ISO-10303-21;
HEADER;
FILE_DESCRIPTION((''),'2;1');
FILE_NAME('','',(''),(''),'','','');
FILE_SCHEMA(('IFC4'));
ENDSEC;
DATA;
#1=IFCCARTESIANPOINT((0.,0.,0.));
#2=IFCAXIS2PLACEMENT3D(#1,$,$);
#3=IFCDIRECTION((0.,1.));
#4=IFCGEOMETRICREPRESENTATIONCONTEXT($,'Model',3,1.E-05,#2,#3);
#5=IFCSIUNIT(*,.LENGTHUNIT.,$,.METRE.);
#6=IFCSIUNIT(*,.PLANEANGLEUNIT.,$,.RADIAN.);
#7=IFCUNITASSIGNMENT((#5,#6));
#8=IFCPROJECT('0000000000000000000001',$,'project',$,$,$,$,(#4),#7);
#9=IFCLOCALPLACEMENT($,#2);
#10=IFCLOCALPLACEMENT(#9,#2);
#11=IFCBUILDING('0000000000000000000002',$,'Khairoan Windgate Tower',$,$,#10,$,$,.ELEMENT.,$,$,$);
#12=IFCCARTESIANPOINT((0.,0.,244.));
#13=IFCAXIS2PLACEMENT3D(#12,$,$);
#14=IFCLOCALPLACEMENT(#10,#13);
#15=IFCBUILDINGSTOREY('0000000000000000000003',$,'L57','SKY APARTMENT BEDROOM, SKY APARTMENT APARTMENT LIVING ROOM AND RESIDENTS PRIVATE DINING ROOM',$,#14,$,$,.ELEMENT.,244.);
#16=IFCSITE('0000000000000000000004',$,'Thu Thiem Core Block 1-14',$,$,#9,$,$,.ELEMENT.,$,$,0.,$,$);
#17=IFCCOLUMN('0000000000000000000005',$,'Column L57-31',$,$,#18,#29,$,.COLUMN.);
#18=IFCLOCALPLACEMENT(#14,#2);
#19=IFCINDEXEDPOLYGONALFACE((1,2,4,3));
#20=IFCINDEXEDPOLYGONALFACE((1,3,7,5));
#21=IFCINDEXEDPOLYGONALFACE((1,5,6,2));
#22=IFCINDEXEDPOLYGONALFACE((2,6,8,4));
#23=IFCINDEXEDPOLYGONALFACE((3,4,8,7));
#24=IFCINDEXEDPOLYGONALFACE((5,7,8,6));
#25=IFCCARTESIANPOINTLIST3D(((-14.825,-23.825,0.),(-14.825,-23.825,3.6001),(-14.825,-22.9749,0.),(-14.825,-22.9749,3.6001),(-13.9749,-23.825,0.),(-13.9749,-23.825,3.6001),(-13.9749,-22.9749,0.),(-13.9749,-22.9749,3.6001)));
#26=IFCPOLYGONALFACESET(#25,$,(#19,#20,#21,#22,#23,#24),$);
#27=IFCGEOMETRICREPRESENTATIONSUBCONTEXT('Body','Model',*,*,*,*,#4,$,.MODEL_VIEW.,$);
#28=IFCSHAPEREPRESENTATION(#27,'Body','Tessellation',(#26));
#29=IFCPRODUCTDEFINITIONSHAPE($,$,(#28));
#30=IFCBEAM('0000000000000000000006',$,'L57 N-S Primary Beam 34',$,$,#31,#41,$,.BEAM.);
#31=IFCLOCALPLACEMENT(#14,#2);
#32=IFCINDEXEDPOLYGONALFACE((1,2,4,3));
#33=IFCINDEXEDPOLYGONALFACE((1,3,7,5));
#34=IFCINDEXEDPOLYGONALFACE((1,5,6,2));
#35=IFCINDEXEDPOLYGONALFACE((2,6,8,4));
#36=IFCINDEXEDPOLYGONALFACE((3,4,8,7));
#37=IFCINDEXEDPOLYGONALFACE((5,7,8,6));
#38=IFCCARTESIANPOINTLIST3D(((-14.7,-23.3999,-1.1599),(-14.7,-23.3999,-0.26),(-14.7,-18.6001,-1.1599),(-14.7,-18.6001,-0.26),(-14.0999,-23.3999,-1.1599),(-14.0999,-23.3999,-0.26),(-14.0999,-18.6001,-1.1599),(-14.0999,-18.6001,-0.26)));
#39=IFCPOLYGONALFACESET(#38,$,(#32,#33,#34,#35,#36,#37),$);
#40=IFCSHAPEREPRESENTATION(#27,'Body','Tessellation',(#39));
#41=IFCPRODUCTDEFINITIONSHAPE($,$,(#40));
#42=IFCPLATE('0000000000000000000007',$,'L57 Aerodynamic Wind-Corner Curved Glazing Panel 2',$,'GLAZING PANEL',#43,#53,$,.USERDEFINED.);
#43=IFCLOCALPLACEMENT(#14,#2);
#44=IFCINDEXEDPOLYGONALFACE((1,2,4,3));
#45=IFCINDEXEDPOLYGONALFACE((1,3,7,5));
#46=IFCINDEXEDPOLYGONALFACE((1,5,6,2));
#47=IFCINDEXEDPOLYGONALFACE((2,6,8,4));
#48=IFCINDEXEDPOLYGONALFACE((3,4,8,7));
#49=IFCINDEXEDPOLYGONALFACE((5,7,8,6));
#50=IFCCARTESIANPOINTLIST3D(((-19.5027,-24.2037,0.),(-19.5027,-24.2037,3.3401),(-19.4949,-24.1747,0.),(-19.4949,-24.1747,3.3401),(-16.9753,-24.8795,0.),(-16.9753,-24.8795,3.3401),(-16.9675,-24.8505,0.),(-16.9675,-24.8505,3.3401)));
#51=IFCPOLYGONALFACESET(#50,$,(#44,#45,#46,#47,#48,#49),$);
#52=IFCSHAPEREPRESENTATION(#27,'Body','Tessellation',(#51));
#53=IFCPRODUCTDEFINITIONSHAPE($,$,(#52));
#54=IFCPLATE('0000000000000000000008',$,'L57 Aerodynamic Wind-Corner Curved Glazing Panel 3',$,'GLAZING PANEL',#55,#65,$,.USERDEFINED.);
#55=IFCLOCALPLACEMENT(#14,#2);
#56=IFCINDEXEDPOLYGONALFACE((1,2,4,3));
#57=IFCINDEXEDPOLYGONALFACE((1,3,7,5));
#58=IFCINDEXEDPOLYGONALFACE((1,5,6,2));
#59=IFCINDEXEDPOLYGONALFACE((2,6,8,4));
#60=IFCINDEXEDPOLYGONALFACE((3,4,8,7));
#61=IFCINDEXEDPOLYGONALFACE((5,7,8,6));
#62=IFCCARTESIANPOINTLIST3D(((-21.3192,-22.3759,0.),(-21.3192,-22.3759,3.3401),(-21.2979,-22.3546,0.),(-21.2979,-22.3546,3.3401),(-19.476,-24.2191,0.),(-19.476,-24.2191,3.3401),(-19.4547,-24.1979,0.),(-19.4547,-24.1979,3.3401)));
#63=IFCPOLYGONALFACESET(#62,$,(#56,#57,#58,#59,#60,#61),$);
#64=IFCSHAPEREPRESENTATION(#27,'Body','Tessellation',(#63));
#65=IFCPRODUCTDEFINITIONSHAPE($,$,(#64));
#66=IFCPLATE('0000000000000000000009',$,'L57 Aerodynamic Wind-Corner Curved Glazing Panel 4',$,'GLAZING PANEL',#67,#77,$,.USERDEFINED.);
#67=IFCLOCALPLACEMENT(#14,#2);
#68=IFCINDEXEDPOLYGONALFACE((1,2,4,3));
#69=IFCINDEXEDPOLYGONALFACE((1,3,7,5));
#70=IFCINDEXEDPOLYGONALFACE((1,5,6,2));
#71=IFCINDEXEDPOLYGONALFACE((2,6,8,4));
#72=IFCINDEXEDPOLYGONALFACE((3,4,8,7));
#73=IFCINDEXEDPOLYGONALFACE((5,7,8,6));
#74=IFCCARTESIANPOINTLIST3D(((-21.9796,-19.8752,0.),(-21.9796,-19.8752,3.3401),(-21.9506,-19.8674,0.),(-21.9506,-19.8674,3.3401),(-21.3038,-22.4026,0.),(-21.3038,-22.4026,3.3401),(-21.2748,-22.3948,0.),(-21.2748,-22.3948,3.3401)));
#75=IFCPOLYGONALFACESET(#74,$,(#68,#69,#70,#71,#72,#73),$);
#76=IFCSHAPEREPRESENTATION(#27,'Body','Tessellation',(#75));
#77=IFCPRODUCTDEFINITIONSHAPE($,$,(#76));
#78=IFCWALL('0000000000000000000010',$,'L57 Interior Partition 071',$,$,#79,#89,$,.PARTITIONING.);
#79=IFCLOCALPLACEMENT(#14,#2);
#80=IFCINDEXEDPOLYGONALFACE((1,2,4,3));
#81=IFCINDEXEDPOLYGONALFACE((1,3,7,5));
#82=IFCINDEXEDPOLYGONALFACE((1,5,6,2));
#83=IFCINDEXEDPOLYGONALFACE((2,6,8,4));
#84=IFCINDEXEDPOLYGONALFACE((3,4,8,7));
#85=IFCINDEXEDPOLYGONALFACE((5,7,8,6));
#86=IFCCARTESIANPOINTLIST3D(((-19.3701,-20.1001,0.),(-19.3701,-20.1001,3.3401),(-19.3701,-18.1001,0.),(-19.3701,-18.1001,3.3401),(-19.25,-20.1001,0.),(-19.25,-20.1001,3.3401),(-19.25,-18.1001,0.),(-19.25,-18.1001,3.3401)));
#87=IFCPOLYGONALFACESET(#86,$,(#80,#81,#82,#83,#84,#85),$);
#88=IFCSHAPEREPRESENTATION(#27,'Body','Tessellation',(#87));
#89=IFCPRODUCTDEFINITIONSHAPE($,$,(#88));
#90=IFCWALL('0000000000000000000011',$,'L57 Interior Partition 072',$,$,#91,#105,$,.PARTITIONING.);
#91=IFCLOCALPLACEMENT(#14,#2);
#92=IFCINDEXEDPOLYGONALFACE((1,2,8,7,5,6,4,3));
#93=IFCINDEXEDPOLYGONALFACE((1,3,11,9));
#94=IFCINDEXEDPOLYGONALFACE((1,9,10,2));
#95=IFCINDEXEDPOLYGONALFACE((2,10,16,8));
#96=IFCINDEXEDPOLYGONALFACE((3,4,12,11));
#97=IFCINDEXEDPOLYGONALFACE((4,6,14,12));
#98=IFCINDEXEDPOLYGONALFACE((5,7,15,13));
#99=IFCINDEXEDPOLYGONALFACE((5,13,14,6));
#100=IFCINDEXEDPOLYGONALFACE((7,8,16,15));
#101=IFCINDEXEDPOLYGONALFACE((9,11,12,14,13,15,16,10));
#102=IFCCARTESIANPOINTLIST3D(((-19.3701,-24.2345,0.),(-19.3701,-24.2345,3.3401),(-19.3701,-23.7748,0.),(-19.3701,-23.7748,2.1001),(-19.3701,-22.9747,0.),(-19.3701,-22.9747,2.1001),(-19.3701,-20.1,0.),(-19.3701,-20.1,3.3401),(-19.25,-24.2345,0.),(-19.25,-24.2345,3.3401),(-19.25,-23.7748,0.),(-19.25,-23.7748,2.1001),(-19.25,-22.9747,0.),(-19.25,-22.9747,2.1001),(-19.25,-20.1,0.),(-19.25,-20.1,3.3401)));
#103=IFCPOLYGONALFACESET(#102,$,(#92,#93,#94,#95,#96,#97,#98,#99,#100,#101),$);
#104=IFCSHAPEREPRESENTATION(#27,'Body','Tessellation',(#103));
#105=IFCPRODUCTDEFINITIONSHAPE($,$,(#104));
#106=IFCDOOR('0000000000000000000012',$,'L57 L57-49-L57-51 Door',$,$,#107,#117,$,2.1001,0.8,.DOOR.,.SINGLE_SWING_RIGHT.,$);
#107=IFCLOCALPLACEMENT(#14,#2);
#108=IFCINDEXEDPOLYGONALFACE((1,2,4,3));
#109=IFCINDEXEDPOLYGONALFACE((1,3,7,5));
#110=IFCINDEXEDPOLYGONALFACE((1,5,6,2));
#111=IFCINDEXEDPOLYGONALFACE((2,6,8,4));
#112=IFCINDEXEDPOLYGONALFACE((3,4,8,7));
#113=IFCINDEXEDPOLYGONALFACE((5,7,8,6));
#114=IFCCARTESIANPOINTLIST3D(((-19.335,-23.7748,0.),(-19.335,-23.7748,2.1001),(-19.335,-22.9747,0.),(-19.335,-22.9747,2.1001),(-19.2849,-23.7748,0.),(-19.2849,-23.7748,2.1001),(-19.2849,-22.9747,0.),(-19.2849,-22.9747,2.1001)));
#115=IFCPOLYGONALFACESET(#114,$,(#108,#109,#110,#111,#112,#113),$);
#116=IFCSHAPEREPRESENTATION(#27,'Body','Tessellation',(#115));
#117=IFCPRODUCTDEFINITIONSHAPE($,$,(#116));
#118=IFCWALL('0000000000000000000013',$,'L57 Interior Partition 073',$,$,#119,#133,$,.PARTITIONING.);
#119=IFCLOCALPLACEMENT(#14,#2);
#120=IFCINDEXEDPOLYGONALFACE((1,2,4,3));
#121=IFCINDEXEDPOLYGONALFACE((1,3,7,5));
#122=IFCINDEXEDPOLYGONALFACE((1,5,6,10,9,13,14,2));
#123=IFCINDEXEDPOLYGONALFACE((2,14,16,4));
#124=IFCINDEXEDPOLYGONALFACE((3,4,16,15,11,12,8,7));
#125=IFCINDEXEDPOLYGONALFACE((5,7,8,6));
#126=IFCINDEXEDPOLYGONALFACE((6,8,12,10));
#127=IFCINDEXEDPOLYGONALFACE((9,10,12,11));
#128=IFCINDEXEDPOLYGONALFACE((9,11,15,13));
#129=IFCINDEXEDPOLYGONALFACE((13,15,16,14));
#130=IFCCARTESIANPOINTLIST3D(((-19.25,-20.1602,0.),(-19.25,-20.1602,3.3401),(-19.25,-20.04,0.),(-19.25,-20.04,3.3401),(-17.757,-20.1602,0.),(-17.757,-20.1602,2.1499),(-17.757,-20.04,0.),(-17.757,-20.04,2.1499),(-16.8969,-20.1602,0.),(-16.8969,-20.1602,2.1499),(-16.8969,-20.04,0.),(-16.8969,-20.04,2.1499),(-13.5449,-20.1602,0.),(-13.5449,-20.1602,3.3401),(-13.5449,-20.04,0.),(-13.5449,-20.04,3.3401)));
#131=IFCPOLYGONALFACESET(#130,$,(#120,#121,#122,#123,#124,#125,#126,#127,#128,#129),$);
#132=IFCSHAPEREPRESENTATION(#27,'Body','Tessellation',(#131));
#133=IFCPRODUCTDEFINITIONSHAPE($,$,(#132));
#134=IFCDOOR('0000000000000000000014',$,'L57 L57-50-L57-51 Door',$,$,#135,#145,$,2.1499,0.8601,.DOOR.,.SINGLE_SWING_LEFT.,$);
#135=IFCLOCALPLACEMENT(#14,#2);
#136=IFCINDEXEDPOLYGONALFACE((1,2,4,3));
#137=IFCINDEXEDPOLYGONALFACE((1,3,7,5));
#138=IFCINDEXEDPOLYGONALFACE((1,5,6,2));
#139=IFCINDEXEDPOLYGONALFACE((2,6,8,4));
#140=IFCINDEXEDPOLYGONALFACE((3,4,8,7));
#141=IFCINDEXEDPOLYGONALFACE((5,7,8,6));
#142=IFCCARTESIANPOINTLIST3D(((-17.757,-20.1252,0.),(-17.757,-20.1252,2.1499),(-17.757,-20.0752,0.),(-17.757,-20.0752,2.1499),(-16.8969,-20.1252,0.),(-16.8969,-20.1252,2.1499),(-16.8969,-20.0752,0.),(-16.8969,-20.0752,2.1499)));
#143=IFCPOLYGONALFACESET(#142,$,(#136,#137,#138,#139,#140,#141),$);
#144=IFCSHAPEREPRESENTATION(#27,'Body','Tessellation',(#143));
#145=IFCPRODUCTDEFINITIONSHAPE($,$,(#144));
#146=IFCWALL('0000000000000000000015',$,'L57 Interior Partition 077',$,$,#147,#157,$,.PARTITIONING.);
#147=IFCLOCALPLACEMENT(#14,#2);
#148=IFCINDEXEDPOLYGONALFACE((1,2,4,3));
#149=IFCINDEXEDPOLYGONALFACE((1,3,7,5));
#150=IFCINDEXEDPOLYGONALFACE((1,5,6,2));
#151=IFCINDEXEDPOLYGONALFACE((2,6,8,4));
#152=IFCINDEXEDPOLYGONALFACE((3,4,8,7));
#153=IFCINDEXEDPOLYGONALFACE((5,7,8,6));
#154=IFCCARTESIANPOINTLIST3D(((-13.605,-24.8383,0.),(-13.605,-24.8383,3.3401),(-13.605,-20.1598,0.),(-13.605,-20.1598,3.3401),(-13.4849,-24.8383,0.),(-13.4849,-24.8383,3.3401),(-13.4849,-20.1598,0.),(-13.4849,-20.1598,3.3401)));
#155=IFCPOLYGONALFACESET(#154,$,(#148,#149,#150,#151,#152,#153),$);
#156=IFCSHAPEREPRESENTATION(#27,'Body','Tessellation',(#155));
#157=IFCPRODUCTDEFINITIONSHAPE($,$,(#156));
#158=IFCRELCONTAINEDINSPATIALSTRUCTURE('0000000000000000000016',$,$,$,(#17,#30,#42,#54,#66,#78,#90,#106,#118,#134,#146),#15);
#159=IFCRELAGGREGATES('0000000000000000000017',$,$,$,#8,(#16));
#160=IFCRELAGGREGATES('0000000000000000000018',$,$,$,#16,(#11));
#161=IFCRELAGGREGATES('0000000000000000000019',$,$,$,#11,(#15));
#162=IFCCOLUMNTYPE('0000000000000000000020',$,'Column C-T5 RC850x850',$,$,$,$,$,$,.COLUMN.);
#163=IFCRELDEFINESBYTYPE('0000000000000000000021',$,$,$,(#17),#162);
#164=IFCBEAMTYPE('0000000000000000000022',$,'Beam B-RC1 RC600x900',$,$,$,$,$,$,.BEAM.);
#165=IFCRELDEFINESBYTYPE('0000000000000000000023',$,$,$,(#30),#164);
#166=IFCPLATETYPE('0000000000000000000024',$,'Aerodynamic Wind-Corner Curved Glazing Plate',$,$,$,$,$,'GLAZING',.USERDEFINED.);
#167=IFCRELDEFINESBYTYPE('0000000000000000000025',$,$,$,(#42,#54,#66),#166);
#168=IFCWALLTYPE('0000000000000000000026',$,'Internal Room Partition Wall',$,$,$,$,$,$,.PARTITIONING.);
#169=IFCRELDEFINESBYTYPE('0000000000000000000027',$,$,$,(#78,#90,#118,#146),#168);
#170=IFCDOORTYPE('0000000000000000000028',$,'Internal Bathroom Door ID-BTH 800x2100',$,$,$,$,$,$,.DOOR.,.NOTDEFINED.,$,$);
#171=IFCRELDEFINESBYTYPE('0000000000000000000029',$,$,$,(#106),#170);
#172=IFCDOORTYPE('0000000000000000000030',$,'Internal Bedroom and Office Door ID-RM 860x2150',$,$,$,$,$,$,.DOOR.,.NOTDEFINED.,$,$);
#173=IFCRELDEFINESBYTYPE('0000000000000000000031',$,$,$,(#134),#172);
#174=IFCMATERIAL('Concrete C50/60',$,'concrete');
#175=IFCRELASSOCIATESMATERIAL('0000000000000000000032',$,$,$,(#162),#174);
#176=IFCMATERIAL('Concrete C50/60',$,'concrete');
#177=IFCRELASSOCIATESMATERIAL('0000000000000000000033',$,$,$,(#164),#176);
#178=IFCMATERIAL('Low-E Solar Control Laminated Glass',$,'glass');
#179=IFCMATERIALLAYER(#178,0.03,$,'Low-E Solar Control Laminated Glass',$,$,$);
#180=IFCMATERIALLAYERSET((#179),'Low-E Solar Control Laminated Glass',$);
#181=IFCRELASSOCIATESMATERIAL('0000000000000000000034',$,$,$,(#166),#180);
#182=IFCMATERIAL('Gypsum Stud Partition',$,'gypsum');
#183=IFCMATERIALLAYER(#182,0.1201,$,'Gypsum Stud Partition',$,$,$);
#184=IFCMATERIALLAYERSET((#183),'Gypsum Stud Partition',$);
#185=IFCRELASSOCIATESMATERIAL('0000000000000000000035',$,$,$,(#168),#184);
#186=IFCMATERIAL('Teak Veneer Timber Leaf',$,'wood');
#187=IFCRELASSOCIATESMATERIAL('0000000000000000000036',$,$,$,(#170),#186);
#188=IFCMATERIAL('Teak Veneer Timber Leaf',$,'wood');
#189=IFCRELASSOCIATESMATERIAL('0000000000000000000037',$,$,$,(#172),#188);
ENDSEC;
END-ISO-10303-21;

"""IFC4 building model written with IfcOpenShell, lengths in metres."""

from ifc_helpers import new_model, si_unit, direction, frame, frame_2d, origin, origin_2d, place, context, subcontext, project, spatial, rectangle, extrude, material, layer, layer_set, material_profile, profile_set, type_object, element, fill, save


model = new_model("IFC4")

# Units and contexts
model_context = context("Model", 3, precision=1e-05, world=origin(), true_north=direction((0.0, 1.0)))
body_context = subcontext(model_context, "Body", "Model", "MODEL_VIEW")
ifc_project = project(units=[si_unit("LENGTHUNIT", "METRE"), si_unit("PLANEANGLEUNIT", "RADIAN")], contexts=[model_context])

# Site, building, storey
site_placement = place(None, origin())
site = spatial("IfcSite", under=ifc_project, at=site_placement, Name="Thu Thiem Core Block 1-14", CompositionType="ELEMENT", RefElevation=0.0)
building_placement = place(site_placement, origin())
building = spatial("IfcBuilding", under=site, at=building_placement, Name="Khairoan Windgate Tower", CompositionType="ELEMENT")
storey_placement = place(building_placement, frame((0.0, 0.0, 244.0)))
storey = spatial("IfcBuildingStorey", under=building, at=storey_placement, Name="L57", Description="SKY APARTMENT BEDROOM, SKY APARTMENT APARTMENT LIVING ROOM AND RESIDENTS PRIVATE DINING ROOM", CompositionType="ELEMENT", Elevation=244.0)

# Column
ifc_material_1 = material(Name="Concrete C50/60", Category="concrete")
ifc_material_profile_1 = material_profile(ifc_material_1, rectangle(XDim=0.8501, YDim=0.8501, at=origin_2d()))
ifc_profile_set_1 = profile_set([ifc_material_profile_1], Name="Concrete C50/60")
column_type = type_object("IfcColumnType", Name="Column C-T5 RC850x850", PredefinedType="COLUMN", material=ifc_profile_set_1)
column_placement = place(storey_placement, frame((-14.3999, -23.3999, 0.0), z_axis=(0.0, 0.0, 1.0), x_axis=(1.0, 0.0, 0.0)))
element("IfcColumn", 1, at=column_placement, inside=storey, type_object=column_type, Name="Column L57-31", PredefinedType="COLUMN", context=body_context, shape_type="SweptSolid", body=[
    extrude(rectangle(XDim=0.8501, YDim=0.8501, at=origin_2d()), origin(), (0.0, 0.0, 1.0), 3.6001),
])

# Beam
ifc_material_2 = material(Name="Concrete C50/60", Category="concrete")
ifc_material_profile_2 = material_profile(ifc_material_2, rectangle(XDim=0.6001, YDim=0.8999, at=origin_2d()))
ifc_profile_set_2 = profile_set([ifc_material_profile_2], Name="Concrete C50/60")
beam_type = type_object("IfcBeamType", Name="Beam B-RC1 RC600x900", PredefinedType="BEAM", material=ifc_profile_set_2)
beam_placement = place(storey_placement, frame((-14.3999, -23.3999, -0.71), z_axis=(0.0, 1.0, 0.0), x_axis=(-1.0, 0.0, 0.0)))
element("IfcBeam", 2, at=beam_placement, inside=storey, type_object=beam_type, Name="L57 N-S Primary Beam 34", PredefinedType="BEAM", context=body_context, shape_type="SweptSolid", body=[
    extrude(rectangle(XDim=0.6001, YDim=0.8999, at=origin_2d()), origin(), (0.0, 0.0, 1.0), 4.7998),
])

# Plates
ifc_material_3 = material(Name="Low-E Solar Control Laminated Glass", Category="glass")
ifc_layer_1 = layer(ifc_material_3, 0.03, Name="Low-E Solar Control Laminated Glass")
ifc_layer_set_1 = layer_set([ifc_layer_1], Name="Low-E Solar Control Laminated Glass")
plate_type_1 = type_object("IfcPlateType", Name="Aerodynamic Wind-Corner Curved Glazing Plate", ElementType="GLAZING", PredefinedType="USERDEFINED", material=ifc_layer_set_1)
plate_1_placement = place(storey_placement, frame((-18.2351, -24.5271, 0.0), z_axis=(0.0, 0.0, 1.0), x_axis=(-0.966061, 0.258313, 0.0)))
element("IfcPlate", 3, at=plate_1_placement, inside=storey, type_object=plate_type_1, Name="L57 Aerodynamic Wind-Corner Curved Glazing Panel 2", ObjectType="GLAZING PANEL", PredefinedType="USERDEFINED", context=body_context, shape_type="SweptSolid", body=[
    extrude(rectangle(XDim=2.6162, YDim=0.03, at=origin_2d()), origin(), (0.0, 0.0, 1.0), 3.3401),
])
plate_2_placement = place(storey_placement, frame((-20.387, -23.2869, 0.0), z_axis=(0.0, 0.0, 1.0), x_axis=(-0.707107, 0.707107, 0.0)))
element("IfcPlate", 4, at=plate_2_placement, inside=storey, type_object=plate_type_1, Name="L57 Aerodynamic Wind-Corner Curved Glazing Panel 3", ObjectType="GLAZING PANEL", PredefinedType="USERDEFINED", context=body_context, shape_type="SweptSolid", body=[
    extrude(rectangle(XDim=2.6067, YDim=0.03, at=origin_2d()), origin(), (0.0, 0.0, 1.0), 3.3401),
])
plate_3_placement = place(storey_placement, frame((-21.6272, -21.135, 0.0), z_axis=(0.0, 0.0, 1.0), x_axis=(-0.258313, 0.966061, 0.0)))
element("IfcPlate", 5, at=plate_3_placement, inside=storey, type_object=plate_type_1, Name="L57 Aerodynamic Wind-Corner Curved Glazing Panel 4", ObjectType="GLAZING PANEL", PredefinedType="USERDEFINED", context=body_context, shape_type="SweptSolid", body=[
    extrude(rectangle(XDim=2.6162, YDim=0.03, at=origin_2d()), origin(), (0.0, 0.0, 1.0), 3.3401),
])

# Wall
ifc_material_4 = material(Name="Gypsum Stud Partition", Category="gypsum")
ifc_layer_2 = layer(ifc_material_4, 0.1201, Name="Gypsum Stud Partition")
ifc_layer_set_2 = layer_set([ifc_layer_2], Name="Gypsum Stud Partition")
wall_type = type_object("IfcWallType", Name="Internal Room Partition Wall", PredefinedType="PARTITIONING", material=ifc_layer_set_2)
wall_1_placement = place(storey_placement, frame((-19.3101, -20.1001, 0.0), z_axis=(0.0, 0.0, 1.0), x_axis=(0.0, 1.0, 0.0)))
element("IfcWall", 6, at=wall_1_placement, inside=storey, type_object=wall_type, Name="L57 Interior Partition 071", PredefinedType="PARTITIONING", context=body_context, shape_type="SweptSolid", body=[
    extrude(rectangle(XDim=2.0, YDim=0.1201, at=frame_2d((1.0, 0.0))), origin(), (0.0, 0.0, 1.0), 3.3401),
])

# Walls, openings, doors
wall_2_placement = place(storey_placement, frame((-19.3101, -24.2346, 0.0), z_axis=(0.0, 0.0, 1.0), x_axis=(0.0, 1.0, 0.0)))
wall_2 = element("IfcWall", 7, at=wall_2_placement, inside=storey, type_object=wall_type, Name="L57 Interior Partition 072", PredefinedType="PARTITIONING", context=body_context, shape_type="SweptSolid", body=[
    extrude(rectangle(XDim=4.1345, YDim=0.1201, at=frame_2d((2.0674, 0.0))), origin(), (0.0, 0.0, 1.0), 3.3401),
])
opening_1_placement = place(wall_2_placement, frame((0.46, 0.0, 0.0)))
opening_1 = element("IfcOpeningElement", 8, at=opening_1_placement, cuts=wall_2, PredefinedType="OPENING", context=body_context, shape_type="SweptSolid", body=[
    extrude(rectangle(XDim=0.8, YDim=2.1001, at=frame_2d((0.3999, 1.05))), frame((0.0, 0.0701, 0.0), z_axis=(0.0, -1.0, 0.0), x_axis=(1.0, 0.0, 0.0)), (0.0, 0.0, 1.0), 0.1401),
])
ifc_material_5 = material(Name="Teak Veneer Timber Leaf", Category="wood")
door_type_1 = type_object("IfcDoorType", Name="Internal Bathroom Door ID-BTH 800x2100", OperationType="NOTDEFINED", PredefinedType="DOOR", material=ifc_material_5)
door_1_placement = place(opening_1_placement, origin())
door_1 = element("IfcDoor", 9, at=door_1_placement, inside=storey, type_object=door_type_1, Name="L57 L57-49-L57-51 Door", OperationType="SINGLE_SWING_RIGHT", OverallHeight=2.1001, OverallWidth=0.8, PredefinedType="DOOR", context=body_context, shape_type="SweptSolid", body=[
    extrude(rectangle(XDim=0.8, YDim=2.1001, at=frame_2d((0.3999, 1.05))), frame((0.0, 0.0249, 0.0), z_axis=(0.0, -1.0, 0.0), x_axis=(1.0, 0.0, 0.0)), (0.0, 0.0, 1.0), 0.05),
])
fill(opening_1, door_1)
wall_3_placement = place(storey_placement, frame((-19.25, -20.1001, 0.0), z_axis=(0.0, 0.0, 1.0), x_axis=(1.0, 0.0, 0.0)))
wall_3 = element("IfcWall", 10, at=wall_3_placement, inside=storey, type_object=wall_type, Name="L57 Interior Partition 073", PredefinedType="PARTITIONING", context=body_context, shape_type="SweptSolid", body=[
    extrude(rectangle(XDim=5.7051, YDim=0.1201, at=frame_2d((2.8525, 0.0))), origin(), (0.0, 0.0, 1.0), 3.3401),
])
opening_2_placement = place(wall_3_placement, frame((1.4929, 0.0, 0.0)))
opening_2 = element("IfcOpeningElement", 11, at=opening_2_placement, cuts=wall_3, PredefinedType="OPENING", context=body_context, shape_type="SweptSolid", body=[
    extrude(rectangle(XDim=0.8601, YDim=2.1499, at=frame_2d((0.4302, 1.075))), frame((0.0, 0.0701, 0.0), z_axis=(0.0, -1.0, 0.0), x_axis=(1.0, 0.0, 0.0)), (0.0, 0.0, 1.0), 0.1401),
])
ifc_material_6 = material(Name="Teak Veneer Timber Leaf", Category="wood")
door_type_2 = type_object("IfcDoorType", Name="Internal Bedroom and Office Door ID-RM 860x2150", OperationType="NOTDEFINED", PredefinedType="DOOR", material=ifc_material_6)
door_2_placement = place(opening_2_placement, origin())
door_2 = element("IfcDoor", 12, at=door_2_placement, inside=storey, type_object=door_type_2, Name="L57 L57-50-L57-51 Door", OperationType="SINGLE_SWING_LEFT", OverallHeight=2.1499, OverallWidth=0.8601, PredefinedType="DOOR", context=body_context, shape_type="SweptSolid", body=[
    extrude(rectangle(XDim=0.8601, YDim=2.1499, at=frame_2d((0.4302, 1.075))), frame((0.0, 0.0249, 0.0), z_axis=(0.0, -1.0, 0.0), x_axis=(1.0, 0.0, 0.0)), (0.0, 0.0, 1.0), 0.05),
])
fill(opening_2, door_2)

# Wall
wall_4_placement = place(storey_placement, frame((-13.5449, -24.8384, 0.0), z_axis=(0.0, 0.0, 1.0), x_axis=(0.0, 1.0, 0.0)))
element("IfcWall", 13, at=wall_4_placement, inside=storey, type_object=wall_type, Name="L57 Interior Partition 077", PredefinedType="PARTITIONING", context=body_context, shape_type="SweptSolid", body=[
    extrude(rectangle(XDim=4.6785, YDim=0.1201, at=frame_2d((2.3394, 0.0))), origin(), (0.0, 0.0, 1.0), 3.3401),
])

save(model, "model.ifc")
